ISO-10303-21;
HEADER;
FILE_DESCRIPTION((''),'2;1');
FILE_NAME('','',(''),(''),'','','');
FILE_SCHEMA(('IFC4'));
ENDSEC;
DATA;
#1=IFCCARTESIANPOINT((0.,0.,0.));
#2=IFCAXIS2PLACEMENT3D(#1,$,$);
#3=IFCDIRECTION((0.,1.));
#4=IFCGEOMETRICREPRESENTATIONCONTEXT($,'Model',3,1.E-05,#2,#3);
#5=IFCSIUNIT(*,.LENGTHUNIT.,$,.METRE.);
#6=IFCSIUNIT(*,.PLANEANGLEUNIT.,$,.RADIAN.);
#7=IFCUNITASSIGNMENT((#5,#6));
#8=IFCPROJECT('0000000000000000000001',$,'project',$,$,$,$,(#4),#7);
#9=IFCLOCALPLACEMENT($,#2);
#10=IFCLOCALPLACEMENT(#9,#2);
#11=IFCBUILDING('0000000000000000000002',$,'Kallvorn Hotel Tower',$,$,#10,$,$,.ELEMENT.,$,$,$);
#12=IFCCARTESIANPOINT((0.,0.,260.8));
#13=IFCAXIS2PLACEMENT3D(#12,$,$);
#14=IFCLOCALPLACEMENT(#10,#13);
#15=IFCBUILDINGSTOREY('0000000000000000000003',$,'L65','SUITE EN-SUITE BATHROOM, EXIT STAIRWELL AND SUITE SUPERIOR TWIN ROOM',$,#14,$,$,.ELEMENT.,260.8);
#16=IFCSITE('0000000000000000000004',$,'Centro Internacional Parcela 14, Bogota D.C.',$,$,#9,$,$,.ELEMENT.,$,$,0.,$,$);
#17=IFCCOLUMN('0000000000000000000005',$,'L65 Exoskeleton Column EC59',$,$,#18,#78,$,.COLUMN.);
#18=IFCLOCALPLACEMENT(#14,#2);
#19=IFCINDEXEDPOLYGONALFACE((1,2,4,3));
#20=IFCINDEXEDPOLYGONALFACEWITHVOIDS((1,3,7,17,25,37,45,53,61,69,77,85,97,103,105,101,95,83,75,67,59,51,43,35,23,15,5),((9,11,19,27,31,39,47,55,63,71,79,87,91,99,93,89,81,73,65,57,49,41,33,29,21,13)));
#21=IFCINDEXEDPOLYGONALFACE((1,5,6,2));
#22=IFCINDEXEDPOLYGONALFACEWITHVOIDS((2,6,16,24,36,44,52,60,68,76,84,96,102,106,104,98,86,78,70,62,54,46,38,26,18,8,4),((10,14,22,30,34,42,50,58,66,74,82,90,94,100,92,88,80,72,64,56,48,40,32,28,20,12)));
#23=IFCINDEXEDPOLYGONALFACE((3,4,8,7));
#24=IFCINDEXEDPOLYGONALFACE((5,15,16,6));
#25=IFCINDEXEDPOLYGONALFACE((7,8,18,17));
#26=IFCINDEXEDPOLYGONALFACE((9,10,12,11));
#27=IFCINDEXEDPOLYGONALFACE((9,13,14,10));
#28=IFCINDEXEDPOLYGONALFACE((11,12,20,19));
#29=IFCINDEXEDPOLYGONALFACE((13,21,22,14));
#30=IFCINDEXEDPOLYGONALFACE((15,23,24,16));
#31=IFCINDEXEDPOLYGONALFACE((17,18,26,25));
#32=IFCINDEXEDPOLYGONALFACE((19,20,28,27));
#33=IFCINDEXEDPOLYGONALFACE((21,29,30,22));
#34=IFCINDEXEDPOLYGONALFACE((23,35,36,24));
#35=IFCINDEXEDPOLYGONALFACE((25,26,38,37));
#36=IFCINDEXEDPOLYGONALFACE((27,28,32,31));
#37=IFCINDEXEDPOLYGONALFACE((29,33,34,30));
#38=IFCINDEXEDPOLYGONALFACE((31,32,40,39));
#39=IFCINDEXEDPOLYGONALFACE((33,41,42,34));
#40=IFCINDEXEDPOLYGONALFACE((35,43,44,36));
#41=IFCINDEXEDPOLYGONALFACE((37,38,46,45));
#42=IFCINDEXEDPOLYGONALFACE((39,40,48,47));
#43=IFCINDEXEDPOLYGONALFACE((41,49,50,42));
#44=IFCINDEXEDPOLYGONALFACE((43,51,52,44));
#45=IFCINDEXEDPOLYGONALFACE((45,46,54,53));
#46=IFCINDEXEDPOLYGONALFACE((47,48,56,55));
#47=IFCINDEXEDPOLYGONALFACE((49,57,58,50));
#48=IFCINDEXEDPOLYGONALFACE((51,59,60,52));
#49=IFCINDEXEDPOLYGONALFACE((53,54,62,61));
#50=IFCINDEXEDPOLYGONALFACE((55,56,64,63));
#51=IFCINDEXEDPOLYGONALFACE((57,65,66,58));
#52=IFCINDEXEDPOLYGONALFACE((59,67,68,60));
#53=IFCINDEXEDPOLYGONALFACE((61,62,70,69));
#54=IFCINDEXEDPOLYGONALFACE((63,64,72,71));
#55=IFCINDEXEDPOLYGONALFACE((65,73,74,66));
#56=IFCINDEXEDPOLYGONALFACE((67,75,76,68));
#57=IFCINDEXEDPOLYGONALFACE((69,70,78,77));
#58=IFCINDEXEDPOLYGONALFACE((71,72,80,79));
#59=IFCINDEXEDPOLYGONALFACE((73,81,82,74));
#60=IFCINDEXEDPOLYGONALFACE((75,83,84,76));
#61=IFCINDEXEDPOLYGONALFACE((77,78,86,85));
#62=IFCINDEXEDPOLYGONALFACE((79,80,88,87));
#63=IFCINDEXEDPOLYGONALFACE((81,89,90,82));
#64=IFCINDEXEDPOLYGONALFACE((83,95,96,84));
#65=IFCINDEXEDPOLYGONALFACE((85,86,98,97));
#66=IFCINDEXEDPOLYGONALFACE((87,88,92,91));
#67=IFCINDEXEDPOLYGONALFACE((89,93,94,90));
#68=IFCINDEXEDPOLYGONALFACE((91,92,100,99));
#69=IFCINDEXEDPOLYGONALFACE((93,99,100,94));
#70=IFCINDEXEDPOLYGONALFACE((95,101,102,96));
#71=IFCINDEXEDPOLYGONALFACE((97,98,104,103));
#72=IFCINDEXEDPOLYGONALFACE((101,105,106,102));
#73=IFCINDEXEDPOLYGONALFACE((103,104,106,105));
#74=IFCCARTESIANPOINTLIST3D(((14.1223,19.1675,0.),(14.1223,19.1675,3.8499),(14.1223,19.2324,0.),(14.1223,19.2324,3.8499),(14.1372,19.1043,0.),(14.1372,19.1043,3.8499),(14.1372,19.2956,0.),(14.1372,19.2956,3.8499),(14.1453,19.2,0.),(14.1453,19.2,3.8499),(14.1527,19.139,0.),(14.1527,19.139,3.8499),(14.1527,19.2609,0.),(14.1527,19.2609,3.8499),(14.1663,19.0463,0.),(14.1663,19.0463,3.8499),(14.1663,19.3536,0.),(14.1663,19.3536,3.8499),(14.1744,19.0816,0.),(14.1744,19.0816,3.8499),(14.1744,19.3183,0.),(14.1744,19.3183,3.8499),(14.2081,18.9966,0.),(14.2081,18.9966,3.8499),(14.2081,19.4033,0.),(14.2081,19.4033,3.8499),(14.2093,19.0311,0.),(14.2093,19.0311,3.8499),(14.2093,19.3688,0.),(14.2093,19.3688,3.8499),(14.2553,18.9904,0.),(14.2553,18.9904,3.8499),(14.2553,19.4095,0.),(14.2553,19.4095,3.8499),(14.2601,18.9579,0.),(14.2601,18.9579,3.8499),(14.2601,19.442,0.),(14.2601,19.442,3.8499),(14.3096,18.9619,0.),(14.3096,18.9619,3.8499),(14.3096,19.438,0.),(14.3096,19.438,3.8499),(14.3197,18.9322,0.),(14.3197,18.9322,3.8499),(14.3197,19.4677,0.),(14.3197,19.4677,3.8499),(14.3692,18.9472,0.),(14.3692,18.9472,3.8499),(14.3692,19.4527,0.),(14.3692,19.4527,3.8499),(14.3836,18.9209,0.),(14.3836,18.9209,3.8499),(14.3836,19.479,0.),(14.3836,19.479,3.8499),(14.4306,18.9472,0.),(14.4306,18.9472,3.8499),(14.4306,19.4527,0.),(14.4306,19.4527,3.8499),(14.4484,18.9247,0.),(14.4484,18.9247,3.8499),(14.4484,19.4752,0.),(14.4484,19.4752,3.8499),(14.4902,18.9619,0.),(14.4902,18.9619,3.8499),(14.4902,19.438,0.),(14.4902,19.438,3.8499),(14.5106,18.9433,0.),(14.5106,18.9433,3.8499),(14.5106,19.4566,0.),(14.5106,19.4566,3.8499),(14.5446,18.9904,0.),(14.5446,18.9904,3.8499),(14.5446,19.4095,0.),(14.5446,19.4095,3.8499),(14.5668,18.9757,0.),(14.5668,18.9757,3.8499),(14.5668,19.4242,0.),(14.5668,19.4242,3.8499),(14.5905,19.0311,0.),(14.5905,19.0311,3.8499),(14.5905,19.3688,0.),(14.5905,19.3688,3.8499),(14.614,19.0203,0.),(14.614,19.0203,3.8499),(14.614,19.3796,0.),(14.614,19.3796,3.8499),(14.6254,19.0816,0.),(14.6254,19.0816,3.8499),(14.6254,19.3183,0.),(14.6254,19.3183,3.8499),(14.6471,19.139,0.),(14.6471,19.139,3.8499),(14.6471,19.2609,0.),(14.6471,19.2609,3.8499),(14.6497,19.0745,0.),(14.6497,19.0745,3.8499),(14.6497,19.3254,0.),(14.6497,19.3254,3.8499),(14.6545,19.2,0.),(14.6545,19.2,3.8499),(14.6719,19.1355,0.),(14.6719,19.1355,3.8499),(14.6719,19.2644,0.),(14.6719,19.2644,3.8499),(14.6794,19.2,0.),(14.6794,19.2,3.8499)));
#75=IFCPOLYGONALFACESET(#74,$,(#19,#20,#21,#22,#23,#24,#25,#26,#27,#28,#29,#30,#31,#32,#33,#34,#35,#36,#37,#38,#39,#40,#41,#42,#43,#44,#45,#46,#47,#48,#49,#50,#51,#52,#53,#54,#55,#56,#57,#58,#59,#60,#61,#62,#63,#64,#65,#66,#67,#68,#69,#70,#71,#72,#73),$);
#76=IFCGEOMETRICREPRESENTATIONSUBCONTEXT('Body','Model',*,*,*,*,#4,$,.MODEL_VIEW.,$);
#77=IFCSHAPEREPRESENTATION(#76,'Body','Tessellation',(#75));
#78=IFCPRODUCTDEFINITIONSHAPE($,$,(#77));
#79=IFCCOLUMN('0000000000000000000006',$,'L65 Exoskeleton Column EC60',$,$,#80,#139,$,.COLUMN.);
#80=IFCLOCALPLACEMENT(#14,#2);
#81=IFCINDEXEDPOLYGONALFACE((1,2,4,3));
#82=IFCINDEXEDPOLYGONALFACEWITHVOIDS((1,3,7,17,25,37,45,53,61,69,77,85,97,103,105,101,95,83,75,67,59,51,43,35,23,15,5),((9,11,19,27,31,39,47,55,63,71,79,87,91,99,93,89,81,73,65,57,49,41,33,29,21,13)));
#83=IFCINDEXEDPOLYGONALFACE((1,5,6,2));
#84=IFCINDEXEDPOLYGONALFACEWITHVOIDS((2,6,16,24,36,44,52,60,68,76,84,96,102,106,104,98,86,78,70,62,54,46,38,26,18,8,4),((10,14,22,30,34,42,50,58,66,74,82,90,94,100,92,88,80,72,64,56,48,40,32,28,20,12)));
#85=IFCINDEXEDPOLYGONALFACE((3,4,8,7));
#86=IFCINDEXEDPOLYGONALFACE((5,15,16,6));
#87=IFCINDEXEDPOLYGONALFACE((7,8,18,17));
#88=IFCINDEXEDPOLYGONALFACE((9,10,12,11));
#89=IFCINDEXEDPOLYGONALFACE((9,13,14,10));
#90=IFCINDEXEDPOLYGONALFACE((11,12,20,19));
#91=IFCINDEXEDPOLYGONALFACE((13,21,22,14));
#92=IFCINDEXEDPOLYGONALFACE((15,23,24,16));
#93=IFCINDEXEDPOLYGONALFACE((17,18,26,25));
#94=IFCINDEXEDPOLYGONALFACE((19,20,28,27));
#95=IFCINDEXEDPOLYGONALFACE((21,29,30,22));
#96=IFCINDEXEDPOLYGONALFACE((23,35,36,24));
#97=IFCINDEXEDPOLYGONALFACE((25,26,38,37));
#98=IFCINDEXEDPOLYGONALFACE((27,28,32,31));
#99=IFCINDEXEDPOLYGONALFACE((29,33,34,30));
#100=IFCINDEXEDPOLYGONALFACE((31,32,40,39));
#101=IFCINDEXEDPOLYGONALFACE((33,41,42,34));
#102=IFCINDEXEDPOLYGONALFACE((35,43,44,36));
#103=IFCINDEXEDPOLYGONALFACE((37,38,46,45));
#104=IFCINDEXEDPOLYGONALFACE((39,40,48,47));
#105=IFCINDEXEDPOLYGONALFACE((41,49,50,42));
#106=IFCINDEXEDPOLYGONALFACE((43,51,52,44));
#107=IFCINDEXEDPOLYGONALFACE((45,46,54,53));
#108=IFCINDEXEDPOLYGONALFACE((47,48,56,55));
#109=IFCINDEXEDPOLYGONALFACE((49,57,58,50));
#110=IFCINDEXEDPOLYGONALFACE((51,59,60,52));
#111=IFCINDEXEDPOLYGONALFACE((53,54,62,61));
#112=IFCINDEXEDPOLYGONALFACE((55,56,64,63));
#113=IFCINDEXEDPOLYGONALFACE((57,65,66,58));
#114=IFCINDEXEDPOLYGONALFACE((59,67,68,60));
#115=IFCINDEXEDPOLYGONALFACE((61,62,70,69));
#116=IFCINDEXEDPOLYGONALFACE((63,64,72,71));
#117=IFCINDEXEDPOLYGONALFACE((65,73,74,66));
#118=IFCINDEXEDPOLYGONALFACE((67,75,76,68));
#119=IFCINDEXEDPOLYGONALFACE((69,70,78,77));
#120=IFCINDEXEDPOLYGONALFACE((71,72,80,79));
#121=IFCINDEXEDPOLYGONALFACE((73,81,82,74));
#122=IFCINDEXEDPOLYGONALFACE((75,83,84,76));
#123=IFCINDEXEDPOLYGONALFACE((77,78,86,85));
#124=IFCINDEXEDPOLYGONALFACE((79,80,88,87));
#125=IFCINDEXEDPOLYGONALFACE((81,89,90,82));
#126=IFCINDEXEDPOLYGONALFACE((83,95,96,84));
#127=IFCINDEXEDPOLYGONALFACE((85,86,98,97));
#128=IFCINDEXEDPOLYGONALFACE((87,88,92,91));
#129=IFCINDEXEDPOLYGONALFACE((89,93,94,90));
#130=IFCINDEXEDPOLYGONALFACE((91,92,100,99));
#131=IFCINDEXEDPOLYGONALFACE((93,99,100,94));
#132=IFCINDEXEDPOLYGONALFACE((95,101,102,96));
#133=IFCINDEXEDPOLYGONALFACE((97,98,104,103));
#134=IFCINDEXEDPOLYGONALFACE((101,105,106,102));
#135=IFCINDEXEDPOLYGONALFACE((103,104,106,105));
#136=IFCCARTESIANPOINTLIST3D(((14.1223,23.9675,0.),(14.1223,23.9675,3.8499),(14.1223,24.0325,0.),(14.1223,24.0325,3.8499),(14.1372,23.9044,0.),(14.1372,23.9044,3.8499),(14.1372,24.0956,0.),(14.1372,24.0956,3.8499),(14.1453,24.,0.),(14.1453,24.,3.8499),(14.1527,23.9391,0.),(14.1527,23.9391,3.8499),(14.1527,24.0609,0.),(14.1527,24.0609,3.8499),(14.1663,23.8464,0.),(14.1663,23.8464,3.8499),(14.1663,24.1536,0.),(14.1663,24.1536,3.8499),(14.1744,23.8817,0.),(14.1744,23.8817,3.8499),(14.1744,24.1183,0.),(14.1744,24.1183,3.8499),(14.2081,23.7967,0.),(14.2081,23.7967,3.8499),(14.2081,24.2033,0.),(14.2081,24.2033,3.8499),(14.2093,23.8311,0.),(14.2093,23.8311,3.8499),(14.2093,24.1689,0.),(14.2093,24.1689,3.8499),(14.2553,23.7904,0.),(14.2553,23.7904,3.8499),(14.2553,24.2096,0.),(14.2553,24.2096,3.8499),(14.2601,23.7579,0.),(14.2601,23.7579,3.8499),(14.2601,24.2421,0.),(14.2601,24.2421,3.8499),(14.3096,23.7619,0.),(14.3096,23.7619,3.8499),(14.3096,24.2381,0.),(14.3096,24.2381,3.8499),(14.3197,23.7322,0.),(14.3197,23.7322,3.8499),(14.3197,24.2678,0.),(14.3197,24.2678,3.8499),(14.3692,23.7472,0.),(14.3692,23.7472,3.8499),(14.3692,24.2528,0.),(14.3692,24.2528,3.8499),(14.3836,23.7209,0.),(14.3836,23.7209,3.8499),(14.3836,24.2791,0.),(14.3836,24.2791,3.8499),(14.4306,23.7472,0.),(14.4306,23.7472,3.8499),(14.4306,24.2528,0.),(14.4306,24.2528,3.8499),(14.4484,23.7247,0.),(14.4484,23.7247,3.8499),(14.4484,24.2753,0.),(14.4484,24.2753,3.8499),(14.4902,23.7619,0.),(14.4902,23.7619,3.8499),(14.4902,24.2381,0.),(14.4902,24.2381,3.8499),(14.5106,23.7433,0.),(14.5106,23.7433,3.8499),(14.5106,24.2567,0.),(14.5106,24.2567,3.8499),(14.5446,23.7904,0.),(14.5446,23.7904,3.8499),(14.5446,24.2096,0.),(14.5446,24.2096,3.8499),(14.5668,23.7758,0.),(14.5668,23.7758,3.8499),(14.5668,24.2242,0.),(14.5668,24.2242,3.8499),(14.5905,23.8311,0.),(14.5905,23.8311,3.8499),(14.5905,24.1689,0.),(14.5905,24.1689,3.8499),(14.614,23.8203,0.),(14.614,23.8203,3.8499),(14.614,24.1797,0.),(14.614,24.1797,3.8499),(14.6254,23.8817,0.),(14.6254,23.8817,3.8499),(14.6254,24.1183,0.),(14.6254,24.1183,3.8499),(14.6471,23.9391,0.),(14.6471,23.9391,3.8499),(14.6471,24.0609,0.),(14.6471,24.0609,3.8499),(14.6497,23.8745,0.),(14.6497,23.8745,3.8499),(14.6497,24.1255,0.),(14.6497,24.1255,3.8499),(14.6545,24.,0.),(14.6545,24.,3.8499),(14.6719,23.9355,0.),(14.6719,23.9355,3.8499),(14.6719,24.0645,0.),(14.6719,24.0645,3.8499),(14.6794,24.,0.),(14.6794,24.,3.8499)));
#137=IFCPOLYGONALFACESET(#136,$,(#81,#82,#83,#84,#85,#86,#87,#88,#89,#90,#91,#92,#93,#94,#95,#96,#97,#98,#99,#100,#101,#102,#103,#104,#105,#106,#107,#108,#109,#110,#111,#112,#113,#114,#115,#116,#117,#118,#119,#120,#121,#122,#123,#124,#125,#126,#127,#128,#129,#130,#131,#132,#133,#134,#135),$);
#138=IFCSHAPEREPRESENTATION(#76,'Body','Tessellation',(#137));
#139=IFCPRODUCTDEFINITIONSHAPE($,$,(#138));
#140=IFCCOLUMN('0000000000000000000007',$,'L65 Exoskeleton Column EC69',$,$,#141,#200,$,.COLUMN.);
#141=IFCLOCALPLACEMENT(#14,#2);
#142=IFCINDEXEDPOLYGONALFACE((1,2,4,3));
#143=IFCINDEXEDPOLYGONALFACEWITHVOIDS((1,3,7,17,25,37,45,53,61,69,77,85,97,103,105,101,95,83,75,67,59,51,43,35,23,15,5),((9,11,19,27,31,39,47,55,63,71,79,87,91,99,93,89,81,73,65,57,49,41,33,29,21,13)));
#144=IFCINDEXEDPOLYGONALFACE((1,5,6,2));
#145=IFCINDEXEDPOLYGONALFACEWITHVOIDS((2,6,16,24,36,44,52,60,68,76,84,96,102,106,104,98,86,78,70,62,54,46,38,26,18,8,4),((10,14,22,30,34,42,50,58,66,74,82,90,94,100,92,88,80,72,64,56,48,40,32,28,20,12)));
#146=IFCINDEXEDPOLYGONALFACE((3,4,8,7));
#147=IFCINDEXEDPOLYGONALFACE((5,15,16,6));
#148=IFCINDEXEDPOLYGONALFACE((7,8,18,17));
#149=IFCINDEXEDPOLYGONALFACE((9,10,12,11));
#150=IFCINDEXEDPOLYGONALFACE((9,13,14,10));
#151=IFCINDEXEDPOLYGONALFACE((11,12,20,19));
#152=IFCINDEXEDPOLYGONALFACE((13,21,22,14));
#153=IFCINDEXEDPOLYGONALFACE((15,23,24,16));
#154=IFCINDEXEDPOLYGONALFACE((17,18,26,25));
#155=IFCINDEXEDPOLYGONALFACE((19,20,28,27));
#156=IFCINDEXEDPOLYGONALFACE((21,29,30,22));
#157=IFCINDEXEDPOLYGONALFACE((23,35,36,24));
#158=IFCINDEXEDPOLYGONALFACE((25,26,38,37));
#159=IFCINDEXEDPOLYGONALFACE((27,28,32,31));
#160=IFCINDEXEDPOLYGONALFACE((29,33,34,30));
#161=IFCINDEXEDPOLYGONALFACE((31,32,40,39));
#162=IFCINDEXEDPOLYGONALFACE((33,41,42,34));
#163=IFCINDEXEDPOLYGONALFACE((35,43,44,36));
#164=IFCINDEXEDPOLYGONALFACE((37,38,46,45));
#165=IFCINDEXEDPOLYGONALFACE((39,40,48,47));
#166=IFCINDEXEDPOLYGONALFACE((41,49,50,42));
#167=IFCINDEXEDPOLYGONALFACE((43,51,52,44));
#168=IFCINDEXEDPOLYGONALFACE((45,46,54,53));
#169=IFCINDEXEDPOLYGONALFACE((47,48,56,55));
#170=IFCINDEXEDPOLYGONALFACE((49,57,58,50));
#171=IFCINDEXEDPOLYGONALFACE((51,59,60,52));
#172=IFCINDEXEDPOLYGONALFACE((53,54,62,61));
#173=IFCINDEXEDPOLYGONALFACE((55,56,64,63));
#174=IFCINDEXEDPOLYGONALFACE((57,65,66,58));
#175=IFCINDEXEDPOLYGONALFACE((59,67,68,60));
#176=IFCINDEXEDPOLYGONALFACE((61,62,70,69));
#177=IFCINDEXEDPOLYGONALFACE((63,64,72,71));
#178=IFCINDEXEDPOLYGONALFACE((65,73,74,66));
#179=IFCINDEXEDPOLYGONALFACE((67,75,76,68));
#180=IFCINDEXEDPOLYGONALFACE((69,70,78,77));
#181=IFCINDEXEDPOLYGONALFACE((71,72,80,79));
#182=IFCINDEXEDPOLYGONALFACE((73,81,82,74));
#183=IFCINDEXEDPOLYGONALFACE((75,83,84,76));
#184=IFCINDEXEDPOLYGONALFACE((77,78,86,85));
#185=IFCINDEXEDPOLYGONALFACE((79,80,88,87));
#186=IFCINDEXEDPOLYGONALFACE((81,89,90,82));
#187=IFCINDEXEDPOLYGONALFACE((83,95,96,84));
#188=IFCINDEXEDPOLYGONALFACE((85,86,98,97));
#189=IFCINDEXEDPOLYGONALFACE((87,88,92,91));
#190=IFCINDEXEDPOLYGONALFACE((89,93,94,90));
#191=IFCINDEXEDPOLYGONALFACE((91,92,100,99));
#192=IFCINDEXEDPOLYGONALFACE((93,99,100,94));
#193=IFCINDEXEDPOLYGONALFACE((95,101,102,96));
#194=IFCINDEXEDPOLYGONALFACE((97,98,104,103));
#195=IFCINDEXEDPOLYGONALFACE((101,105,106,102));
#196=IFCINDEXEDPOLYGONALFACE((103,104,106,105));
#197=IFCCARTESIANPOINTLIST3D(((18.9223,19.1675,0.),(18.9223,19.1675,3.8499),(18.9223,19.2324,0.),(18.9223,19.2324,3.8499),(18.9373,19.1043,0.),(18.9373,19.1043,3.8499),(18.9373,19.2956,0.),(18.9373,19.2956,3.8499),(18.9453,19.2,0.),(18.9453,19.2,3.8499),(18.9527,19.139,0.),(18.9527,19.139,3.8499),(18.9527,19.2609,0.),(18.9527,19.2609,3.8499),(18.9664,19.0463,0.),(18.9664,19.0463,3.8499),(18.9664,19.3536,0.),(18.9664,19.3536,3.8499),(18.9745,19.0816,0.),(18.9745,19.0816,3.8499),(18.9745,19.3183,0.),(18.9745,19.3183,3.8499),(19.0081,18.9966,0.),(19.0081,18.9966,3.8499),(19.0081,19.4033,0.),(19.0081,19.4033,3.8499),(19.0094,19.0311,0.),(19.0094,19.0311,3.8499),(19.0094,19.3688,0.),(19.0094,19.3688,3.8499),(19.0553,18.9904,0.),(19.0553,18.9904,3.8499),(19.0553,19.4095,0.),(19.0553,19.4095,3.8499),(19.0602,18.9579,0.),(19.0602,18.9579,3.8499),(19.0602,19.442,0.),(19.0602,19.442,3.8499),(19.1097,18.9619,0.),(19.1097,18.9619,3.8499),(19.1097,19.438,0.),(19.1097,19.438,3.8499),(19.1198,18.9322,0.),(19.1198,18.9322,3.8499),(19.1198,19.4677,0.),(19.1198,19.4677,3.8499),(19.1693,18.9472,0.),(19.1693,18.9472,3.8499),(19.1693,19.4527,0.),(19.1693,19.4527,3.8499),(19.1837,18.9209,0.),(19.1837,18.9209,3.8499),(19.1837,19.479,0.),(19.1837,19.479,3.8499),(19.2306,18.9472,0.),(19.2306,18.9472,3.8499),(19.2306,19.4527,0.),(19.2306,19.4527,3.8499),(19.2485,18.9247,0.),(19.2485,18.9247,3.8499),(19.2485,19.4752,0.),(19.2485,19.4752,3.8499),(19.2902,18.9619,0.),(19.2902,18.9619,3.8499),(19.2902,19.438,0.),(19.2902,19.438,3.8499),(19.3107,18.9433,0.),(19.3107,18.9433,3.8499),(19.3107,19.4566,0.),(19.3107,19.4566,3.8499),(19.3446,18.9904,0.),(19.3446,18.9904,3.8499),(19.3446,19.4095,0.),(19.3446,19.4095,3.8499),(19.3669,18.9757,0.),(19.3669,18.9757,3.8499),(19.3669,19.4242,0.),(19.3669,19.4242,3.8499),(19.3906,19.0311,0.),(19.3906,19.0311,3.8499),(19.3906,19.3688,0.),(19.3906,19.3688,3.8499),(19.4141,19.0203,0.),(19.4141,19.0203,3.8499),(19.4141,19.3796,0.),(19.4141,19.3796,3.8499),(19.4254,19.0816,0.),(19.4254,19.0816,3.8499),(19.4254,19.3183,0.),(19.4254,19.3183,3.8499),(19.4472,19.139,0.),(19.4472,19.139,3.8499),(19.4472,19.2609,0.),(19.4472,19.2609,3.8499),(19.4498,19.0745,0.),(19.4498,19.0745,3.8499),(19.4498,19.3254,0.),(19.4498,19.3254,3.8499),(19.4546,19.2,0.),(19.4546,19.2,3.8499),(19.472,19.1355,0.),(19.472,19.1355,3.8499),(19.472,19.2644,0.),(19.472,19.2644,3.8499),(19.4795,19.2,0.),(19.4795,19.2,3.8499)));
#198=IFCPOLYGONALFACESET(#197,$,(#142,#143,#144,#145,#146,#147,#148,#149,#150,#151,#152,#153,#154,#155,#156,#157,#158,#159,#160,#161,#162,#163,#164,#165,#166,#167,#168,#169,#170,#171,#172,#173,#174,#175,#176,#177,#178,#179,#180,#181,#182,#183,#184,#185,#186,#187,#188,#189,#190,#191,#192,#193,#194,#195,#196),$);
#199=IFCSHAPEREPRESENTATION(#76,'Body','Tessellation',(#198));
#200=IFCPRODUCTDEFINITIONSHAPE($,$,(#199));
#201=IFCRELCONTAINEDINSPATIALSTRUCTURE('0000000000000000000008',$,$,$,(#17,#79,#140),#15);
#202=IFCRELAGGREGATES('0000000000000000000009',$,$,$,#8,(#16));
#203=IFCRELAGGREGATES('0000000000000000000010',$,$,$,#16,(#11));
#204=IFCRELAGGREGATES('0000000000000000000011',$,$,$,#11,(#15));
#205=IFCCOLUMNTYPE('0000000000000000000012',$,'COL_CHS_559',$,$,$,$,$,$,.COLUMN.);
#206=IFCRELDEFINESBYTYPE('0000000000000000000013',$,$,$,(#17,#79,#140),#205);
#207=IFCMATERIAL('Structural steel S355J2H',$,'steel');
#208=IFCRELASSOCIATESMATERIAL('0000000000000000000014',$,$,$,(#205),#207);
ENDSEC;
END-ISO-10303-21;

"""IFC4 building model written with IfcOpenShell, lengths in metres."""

from ifc_helpers import new_model, si_unit, direction, frame, origin, origin_2d, place, context, subcontext, project, spatial, hollow_circle, extrude, material, material_profile, profile_set, type_object, element, save


model = new_model("IFC4")

# Units and contexts
model_context = context("Model", 3, precision=1e-05, world=origin(), true_north=direction((0.0, 1.0)))
body_context = subcontext(model_context, "Body", "Model", "MODEL_VIEW")
ifc_project = project(units=[si_unit("LENGTHUNIT", "METRE"), si_unit("PLANEANGLEUNIT", "RADIAN")], contexts=[model_context])

# Site, building, storey
site_placement = place(None, origin())
site = spatial("IfcSite", under=ifc_project, at=site_placement, Name="Centro Internacional Parcela 14, Bogota D.C.", CompositionType="ELEMENT", RefElevation=0.0)
building_placement = place(site_placement, origin())
building = spatial("IfcBuilding", under=site, at=building_placement, Name="Kallvorn Hotel Tower", CompositionType="ELEMENT")
storey_placement = place(building_placement, frame((0.0, 0.0, 260.8)))
storey = spatial("IfcBuildingStorey", under=building, at=storey_placement, Name="L65", Description="SUITE EN-SUITE BATHROOM, EXIT STAIRWELL AND SUITE SUPERIOR TWIN ROOM", CompositionType="ELEMENT", Elevation=260.8)

# Columns
ifc_material_1 = material(Name="Structural steel S355J2H", Category="steel")
ifc_material_profile_1 = material_profile(ifc_material_1, hollow_circle(Radius=0.2795, WallThickness=0.0249, at=origin_2d()), Name="CHS 559x25")
ifc_profile_set_1 = profile_set([ifc_material_profile_1], Name="Structural steel S355J2H")
column_type = type_object("IfcColumnType", Name="COL_CHS_559", PredefinedType="COLUMN", material=ifc_profile_set_1)
for number, where, z_axis, x_axis, name in (
    (1, (14.3999, 19.2, 0.0), (0.0, 0.0, 1.0), (1.0, 0.0, 0.0), "L65 Exoskeleton Column EC59"),
    (2, (14.3999, 24.0, 0.0), (0.0, 0.0, 1.0), (1.0, 0.0, 0.0), "L65 Exoskeleton Column EC60"),
    (3, (19.2, 19.2, 0.0), (0.0, 0.0, 1.0), (1.0, 0.0, 0.0), "L65 Exoskeleton Column EC69"),
):
    element("IfcColumn", number, at=place(storey_placement, frame(where, z_axis=z_axis, x_axis=x_axis)), inside=storey, type_object=column_type, Name=name, PredefinedType="COLUMN", context=body_context, shape_type="SweptSolid", body=[
        extrude(hollow_circle(Radius=0.2795, WallThickness=0.0249, at=origin_2d()), origin(), (0.0, 0.0, 1.0), 3.8499),
    ])

save(model, "model.ifc")
